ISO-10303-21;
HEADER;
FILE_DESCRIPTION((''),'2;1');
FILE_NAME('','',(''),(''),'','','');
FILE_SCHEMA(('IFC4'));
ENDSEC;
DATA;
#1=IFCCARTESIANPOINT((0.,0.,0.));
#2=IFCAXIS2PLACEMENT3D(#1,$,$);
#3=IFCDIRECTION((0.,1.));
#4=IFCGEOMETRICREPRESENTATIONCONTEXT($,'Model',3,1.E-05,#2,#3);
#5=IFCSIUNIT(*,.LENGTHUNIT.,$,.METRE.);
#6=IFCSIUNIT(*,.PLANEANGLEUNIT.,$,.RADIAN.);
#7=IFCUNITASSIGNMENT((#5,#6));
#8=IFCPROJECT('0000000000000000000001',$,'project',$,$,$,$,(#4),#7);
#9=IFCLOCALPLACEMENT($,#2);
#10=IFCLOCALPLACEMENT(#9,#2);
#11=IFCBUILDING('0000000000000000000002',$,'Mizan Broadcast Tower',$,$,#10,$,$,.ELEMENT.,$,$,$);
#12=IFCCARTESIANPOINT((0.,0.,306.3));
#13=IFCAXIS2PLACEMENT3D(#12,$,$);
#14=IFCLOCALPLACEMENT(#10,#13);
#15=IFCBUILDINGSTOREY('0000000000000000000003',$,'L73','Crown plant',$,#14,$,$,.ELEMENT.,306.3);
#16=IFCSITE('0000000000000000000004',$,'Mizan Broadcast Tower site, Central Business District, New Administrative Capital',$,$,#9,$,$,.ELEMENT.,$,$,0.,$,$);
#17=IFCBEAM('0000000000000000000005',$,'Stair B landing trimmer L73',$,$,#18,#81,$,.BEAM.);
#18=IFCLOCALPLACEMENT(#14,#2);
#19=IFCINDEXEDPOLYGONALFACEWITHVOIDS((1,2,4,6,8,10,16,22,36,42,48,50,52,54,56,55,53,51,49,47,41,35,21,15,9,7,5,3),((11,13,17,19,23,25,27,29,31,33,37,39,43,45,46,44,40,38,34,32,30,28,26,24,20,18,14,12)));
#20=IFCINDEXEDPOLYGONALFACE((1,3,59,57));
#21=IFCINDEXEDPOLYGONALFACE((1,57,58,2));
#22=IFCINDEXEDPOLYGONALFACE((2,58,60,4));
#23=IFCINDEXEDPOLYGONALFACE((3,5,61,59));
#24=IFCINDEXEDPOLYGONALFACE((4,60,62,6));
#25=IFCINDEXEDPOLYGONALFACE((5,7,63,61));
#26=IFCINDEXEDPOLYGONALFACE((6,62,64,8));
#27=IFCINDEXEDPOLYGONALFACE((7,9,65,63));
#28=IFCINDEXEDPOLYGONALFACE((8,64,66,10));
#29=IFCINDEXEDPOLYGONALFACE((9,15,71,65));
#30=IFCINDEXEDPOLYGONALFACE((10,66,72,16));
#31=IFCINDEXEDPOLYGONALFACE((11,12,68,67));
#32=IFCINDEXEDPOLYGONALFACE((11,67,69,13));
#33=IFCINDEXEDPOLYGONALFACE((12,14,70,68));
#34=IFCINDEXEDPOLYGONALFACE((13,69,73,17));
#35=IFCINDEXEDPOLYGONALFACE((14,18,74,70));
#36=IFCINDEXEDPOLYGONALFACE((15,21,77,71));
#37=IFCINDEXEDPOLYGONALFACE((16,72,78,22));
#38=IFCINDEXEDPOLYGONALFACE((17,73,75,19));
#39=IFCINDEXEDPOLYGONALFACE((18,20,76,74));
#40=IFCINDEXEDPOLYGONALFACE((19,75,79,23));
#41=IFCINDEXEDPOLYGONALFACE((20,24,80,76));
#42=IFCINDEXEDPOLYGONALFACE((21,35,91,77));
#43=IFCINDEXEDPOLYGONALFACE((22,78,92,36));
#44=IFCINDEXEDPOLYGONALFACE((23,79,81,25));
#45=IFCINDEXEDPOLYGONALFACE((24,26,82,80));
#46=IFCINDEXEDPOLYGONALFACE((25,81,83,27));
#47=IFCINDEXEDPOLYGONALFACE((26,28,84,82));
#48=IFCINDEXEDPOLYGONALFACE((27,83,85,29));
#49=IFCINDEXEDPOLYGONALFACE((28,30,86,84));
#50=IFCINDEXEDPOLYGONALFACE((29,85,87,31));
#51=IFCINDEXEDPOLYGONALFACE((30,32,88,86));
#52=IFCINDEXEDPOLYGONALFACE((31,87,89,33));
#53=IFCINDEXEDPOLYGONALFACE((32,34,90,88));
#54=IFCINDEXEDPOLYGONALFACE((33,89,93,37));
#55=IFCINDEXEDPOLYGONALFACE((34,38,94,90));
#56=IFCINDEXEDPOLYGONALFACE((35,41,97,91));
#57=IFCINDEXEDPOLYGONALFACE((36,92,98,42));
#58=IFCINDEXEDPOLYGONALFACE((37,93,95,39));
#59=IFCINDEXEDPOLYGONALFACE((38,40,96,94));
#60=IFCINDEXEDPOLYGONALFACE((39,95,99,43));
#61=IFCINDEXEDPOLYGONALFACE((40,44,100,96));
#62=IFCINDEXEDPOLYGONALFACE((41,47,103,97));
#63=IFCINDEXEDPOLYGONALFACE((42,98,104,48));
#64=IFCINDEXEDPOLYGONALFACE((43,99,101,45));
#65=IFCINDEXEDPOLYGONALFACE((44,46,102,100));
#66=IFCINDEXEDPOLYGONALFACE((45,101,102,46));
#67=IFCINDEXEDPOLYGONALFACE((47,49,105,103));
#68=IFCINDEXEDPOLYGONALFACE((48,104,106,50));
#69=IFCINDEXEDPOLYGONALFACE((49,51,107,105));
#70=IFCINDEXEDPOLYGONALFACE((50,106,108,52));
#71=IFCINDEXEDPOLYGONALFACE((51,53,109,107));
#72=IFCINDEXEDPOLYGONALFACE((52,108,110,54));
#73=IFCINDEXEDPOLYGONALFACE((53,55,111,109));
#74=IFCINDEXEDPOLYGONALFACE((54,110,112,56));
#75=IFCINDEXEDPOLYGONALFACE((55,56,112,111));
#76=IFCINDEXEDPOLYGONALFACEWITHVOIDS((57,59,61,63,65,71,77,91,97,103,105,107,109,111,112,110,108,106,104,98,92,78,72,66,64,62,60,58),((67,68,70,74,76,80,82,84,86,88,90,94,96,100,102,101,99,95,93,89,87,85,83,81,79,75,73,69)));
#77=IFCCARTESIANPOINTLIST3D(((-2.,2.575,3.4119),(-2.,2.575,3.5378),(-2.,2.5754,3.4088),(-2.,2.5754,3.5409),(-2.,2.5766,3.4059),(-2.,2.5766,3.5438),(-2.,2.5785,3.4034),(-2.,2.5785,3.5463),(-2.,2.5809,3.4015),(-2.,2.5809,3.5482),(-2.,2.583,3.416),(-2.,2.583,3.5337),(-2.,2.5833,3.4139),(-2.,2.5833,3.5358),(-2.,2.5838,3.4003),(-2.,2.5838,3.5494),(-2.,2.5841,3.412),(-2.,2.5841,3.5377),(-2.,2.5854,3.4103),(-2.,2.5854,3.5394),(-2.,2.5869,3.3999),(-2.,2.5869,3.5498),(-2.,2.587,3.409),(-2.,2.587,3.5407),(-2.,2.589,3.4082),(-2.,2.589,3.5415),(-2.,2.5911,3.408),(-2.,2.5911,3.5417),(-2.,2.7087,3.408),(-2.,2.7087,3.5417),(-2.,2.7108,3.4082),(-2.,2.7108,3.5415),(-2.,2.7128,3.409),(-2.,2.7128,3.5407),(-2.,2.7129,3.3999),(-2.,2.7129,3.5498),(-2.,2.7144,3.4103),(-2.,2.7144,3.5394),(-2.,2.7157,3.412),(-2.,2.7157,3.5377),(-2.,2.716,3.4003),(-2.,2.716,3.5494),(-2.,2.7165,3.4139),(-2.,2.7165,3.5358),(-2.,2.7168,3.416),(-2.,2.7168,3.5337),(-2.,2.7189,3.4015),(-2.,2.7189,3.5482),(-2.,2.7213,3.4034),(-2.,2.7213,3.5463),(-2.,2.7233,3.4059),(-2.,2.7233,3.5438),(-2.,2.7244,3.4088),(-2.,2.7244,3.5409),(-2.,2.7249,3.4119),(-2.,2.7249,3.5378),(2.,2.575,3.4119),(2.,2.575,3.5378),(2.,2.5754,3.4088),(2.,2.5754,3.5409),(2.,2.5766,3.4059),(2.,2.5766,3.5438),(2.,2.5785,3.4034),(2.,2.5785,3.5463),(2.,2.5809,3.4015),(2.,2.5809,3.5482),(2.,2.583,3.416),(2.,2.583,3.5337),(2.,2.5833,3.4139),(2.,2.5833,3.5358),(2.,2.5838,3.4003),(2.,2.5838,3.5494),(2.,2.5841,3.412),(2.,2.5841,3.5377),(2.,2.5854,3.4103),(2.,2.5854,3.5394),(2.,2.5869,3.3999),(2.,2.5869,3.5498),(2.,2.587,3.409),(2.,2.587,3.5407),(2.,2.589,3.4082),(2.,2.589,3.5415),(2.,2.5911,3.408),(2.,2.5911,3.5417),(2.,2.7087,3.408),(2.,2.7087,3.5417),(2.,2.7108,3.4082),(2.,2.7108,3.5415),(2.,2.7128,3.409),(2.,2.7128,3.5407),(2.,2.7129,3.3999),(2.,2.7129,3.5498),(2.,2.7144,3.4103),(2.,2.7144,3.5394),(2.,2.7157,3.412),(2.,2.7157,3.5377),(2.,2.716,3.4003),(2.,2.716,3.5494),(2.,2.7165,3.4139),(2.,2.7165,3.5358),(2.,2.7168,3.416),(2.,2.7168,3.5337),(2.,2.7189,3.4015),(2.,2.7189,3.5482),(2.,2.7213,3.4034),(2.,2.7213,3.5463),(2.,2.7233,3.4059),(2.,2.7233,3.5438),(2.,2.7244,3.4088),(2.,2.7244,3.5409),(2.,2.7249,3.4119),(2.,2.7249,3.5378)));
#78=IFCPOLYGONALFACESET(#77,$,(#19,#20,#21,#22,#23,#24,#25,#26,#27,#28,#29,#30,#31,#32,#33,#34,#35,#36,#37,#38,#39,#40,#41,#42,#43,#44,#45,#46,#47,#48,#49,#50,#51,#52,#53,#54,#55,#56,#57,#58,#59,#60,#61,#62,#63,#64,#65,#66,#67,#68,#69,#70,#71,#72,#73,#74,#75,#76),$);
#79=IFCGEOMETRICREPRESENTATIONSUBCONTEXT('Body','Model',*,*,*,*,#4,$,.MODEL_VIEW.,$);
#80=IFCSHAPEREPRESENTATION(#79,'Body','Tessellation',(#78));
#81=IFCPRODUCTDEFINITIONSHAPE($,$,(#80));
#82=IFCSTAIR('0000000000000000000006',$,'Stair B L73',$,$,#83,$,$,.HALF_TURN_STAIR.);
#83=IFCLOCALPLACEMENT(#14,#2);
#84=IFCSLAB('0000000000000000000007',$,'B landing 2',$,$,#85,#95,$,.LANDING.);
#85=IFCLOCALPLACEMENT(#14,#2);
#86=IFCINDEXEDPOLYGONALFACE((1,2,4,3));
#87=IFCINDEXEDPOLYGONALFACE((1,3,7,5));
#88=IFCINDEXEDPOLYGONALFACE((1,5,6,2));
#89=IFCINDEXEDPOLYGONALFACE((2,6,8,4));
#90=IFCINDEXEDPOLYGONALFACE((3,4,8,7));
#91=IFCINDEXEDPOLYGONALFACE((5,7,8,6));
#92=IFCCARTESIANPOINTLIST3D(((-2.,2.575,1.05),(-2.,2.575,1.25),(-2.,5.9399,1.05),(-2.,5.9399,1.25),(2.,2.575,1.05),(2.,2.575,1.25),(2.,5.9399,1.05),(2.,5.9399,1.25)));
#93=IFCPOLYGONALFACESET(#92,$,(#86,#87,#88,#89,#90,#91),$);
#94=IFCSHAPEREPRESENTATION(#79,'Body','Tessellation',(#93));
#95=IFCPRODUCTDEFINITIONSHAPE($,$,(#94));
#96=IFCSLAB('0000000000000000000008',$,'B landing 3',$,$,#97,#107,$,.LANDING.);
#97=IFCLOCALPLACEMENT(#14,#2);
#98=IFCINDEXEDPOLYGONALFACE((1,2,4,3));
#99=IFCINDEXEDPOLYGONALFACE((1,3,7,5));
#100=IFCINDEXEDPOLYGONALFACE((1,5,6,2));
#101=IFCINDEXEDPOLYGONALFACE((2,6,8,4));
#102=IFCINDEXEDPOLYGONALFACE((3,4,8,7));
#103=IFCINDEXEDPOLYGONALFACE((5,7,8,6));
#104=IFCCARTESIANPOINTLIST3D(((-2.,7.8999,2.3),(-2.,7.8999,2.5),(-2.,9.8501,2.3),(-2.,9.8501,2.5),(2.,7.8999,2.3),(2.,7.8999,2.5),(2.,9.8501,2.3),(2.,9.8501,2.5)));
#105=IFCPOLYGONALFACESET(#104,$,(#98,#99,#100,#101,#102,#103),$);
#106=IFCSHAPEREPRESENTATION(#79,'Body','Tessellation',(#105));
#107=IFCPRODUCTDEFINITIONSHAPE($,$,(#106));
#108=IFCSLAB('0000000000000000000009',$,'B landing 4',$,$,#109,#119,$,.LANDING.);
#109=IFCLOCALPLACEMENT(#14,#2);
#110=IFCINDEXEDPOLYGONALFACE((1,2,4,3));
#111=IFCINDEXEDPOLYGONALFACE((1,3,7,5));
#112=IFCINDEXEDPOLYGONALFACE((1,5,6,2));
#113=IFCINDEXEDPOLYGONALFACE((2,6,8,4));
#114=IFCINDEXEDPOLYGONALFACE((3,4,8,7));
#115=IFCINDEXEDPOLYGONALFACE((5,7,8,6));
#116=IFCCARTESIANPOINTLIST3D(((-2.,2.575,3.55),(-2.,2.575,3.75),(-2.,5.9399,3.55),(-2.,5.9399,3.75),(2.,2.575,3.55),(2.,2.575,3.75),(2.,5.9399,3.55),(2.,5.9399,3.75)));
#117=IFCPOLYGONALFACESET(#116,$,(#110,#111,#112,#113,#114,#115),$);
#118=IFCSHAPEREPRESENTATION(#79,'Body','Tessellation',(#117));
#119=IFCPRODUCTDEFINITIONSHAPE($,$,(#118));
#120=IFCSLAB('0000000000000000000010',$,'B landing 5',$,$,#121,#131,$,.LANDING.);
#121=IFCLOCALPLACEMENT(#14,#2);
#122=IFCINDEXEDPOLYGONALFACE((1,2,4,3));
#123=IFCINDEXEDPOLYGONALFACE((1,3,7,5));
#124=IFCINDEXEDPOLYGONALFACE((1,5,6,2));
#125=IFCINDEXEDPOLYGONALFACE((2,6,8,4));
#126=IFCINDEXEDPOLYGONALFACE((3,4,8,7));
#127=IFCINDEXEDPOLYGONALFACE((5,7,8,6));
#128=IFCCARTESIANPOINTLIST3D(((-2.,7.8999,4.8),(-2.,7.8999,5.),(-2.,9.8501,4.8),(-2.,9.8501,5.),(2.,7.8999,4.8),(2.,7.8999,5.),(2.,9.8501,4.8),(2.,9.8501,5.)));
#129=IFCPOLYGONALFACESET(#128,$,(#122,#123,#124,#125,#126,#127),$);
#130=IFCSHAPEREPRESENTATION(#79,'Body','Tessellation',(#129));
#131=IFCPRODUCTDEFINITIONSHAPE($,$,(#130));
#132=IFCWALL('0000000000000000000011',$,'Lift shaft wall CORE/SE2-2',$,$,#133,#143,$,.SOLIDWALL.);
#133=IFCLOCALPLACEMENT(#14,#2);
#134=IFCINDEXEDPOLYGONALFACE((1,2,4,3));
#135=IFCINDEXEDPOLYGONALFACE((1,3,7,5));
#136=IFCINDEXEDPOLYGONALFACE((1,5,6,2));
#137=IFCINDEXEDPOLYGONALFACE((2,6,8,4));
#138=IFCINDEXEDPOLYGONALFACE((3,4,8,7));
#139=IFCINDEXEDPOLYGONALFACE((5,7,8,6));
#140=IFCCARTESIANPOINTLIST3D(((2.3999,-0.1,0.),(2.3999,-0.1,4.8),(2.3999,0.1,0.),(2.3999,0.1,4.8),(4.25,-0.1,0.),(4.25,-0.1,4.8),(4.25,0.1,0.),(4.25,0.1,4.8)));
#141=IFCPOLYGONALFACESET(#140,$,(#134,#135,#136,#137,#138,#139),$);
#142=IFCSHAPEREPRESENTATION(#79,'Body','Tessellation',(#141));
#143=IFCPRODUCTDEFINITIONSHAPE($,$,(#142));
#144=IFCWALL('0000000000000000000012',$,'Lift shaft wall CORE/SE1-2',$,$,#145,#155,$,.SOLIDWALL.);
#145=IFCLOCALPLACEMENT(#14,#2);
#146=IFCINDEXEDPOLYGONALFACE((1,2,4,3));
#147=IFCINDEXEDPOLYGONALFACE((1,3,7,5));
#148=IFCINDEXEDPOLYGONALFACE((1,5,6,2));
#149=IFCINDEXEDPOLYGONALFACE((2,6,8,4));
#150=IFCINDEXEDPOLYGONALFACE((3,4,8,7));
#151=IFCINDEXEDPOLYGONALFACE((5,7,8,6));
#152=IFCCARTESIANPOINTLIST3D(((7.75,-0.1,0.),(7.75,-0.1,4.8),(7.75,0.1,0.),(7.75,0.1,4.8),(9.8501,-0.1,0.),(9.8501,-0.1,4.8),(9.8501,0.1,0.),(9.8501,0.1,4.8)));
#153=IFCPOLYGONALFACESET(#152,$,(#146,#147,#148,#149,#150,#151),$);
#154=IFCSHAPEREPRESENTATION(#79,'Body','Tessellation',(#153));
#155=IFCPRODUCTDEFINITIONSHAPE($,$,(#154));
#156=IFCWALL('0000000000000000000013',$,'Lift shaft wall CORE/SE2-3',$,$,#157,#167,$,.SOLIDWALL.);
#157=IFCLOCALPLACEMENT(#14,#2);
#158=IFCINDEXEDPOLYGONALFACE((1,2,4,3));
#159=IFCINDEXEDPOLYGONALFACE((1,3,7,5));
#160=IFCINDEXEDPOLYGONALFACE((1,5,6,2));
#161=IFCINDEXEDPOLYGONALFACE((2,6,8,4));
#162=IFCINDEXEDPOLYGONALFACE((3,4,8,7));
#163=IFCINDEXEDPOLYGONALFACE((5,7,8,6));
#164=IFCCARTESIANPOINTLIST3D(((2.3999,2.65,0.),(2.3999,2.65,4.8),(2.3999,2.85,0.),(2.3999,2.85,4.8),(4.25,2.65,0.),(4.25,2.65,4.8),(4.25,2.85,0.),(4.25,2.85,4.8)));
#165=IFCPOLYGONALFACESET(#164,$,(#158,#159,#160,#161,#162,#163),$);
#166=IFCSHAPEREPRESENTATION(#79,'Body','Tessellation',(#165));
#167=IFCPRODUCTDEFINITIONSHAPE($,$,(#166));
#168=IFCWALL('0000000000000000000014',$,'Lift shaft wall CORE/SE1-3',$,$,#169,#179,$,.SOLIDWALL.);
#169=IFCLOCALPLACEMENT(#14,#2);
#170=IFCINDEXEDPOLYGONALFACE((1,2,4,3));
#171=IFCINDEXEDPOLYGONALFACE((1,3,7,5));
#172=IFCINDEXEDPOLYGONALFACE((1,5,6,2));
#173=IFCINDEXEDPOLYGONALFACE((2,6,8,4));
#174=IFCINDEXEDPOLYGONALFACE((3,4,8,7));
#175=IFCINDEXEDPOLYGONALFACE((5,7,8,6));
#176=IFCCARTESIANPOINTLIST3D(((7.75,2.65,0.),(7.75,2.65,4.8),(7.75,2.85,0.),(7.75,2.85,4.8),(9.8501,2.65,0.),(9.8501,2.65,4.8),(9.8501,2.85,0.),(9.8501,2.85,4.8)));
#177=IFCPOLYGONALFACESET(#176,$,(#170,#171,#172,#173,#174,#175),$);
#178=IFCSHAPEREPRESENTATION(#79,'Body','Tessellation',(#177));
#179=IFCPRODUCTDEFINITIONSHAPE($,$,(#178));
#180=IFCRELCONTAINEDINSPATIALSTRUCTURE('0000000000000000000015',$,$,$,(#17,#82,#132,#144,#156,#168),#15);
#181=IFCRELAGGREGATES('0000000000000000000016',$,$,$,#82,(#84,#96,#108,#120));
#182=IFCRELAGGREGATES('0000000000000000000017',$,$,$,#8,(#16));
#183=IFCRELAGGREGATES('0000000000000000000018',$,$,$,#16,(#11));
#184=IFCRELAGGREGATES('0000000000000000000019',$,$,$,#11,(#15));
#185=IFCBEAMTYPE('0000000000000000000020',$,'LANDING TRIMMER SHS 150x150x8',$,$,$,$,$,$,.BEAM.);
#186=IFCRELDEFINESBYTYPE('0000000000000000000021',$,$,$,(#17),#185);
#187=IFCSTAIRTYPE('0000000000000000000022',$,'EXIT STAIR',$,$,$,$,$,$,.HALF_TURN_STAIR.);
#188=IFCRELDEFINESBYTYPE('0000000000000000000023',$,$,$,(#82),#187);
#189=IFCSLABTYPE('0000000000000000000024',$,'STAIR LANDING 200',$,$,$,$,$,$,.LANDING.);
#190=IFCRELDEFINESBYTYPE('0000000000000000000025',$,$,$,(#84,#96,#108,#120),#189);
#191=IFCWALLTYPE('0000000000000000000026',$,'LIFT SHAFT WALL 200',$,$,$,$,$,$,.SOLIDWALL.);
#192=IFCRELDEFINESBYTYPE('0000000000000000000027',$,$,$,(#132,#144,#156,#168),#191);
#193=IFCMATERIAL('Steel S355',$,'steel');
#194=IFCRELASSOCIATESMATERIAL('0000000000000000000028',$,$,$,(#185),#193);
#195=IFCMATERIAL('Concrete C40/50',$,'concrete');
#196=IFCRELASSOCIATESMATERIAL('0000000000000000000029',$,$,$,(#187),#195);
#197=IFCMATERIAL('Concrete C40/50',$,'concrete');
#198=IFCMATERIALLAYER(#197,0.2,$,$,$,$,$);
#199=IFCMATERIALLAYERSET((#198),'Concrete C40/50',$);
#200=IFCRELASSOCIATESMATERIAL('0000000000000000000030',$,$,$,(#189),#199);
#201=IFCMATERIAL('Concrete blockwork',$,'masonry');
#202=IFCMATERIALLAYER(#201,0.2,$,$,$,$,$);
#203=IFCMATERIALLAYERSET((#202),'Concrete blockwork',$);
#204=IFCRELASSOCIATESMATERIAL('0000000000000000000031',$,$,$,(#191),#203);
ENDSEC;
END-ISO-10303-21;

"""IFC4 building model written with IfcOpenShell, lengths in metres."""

from ifc_helpers import new_model, si_unit, direction, frame, frame_2d, origin, origin_2d, place, context, subcontext, project, spatial, polyline, rectangle, hollow_rectangle, outline, extrude, material, layer, layer_set, material_profile, profile_set, type_object, element, aggregate, save


model = new_model("IFC4")

# Units and contexts
model_context = context("Model", 3, precision=1e-05, world=origin(), true_north=direction((0.0, 1.0)))
body_context = subcontext(model_context, "Body", "Model", "MODEL_VIEW")
ifc_project = project(units=[si_unit("LENGTHUNIT", "METRE"), si_unit("PLANEANGLEUNIT", "RADIAN")], contexts=[model_context])

# Site, building, storey
site_placement = place(None, origin())
site = spatial("IfcSite", under=ifc_project, at=site_placement, Name="Mizan Broadcast Tower site, Central Business District, New Administrative Capital", CompositionType="ELEMENT", RefElevation=0.0)
building_placement = place(site_placement, origin())
building = spatial("IfcBuilding", under=site, at=building_placement, Name="Mizan Broadcast Tower", CompositionType="ELEMENT")
storey_placement = place(building_placement, frame((0.0, 0.0, 306.3)))
storey = spatial("IfcBuildingStorey", under=building, at=storey_placement, Name="L73", Description="Crown plant", CompositionType="ELEMENT", Elevation=306.3)

# Beam
ifc_material_1 = material(Name="Steel S355", Category="steel")
ifc_material_profile = material_profile(ifc_material_1, hollow_rectangle(XDim=0.1499, YDim=0.1499, WallThickness=0.0081, InnerFilletRadius=0.0081, OuterFilletRadius=0.012, at=origin_2d()), Name="SHS 150x150x8")
ifc_profile_set = profile_set([ifc_material_profile], Name="Steel S355")
beam_type = type_object("IfcBeamType", Name="LANDING TRIMMER SHS 150x150x8", PredefinedType="BEAM", material=ifc_profile_set)
for number, where, z_axis, x_axis, name in (
    (1, (2.0, 2.6499, 3.4749), (-1.0, 0.0, 0.0), (0.0, -1.0, 0.0), "Stair B landing trimmer L73"),
):
    element("IfcBeam", number, at=place(storey_placement, frame(where, z_axis=z_axis, x_axis=x_axis)), inside=storey, type_object=beam_type, Name=name, PredefinedType="BEAM", context=body_context, shape_type="SweptSolid", body=[
        extrude(hollow_rectangle(XDim=0.1499, YDim=0.1499, WallThickness=0.0081, InnerFilletRadius=0.0081, OuterFilletRadius=0.012, at=origin_2d()), origin(), (0.0, 0.0, 1.0), 4.0),
    ])

# Stair, slabs
ifc_material_2 = material(Name="Concrete C40/50", Category="concrete")
stair_type = type_object("IfcStairType", Name="EXIT STAIR", PredefinedType="HALF_TURN_STAIR", material=ifc_material_2)
stair_placement = place(storey_placement, origin())
stair = element("IfcStair", 2, at=stair_placement, inside=storey, type_object=stair_type, Name="Stair B L73", PredefinedType="HALF_TURN_STAIR")
ifc_material_3 = material(Name="Concrete C40/50", Category="concrete")
ifc_layer_1 = layer(ifc_material_3, 0.2)
ifc_layer_set_1 = layer_set([ifc_layer_1], Name="Concrete C40/50")
slab_type = type_object("IfcSlabType", Name="STAIR LANDING 200", PredefinedType="LANDING", material=ifc_layer_set_1)
slab_1_placement = place(storey_placement, frame((0.0, 0.0, 1.05)))
slab_1 = element("IfcSlab", 3, at=slab_1_placement, type_object=slab_type, Name="B landing 2", PredefinedType="LANDING", context=body_context, shape_type="SweptSolid", body=[
    extrude(outline(polyline([(2.0, 5.9399), (2.0, 2.575), (-2.0, 2.575), (-2.0, 5.9399), (2.0, 5.9399)])), origin(), (0.0, 0.0, 1.0), 0.2),
])
slab_2_placement = place(storey_placement, frame((0.0, 0.0, 2.3)))
slab_2 = element("IfcSlab", 4, at=slab_2_placement, type_object=slab_type, Name="B landing 3", PredefinedType="LANDING", context=body_context, shape_type="SweptSolid", body=[
    extrude(outline(polyline([(2.0, 9.8501), (2.0, 7.8999), (-2.0, 7.8999), (-2.0, 9.8501), (2.0, 9.8501)])), origin(), (0.0, 0.0, 1.0), 0.2),
])
slab_3_placement = place(storey_placement, frame((0.0, 0.0, 3.55)))
slab_3 = element("IfcSlab", 5, at=slab_3_placement, type_object=slab_type, Name="B landing 4", PredefinedType="LANDING", context=body_context, shape_type="SweptSolid", body=[
    extrude(outline(polyline([(2.0, 5.9399), (2.0, 2.575), (-2.0, 2.575), (-2.0, 5.9399), (2.0, 5.9399)])), origin(), (0.0, 0.0, 1.0), 0.2),
])
slab_4_placement = place(storey_placement, frame((0.0, 0.0, 4.8)))
slab_4 = element("IfcSlab", 6, at=slab_4_placement, type_object=slab_type, Name="B landing 5", PredefinedType="LANDING", context=body_context, shape_type="SweptSolid", body=[
    extrude(outline(polyline([(2.0, 9.8501), (2.0, 7.8999), (-2.0, 7.8999), (-2.0, 9.8501), (2.0, 9.8501)])), origin(), (0.0, 0.0, 1.0), 0.2),
])

# Walls
ifc_material_4 = material(Name="Concrete blockwork", Category="masonry")
ifc_layer_2 = layer(ifc_material_4, 0.2)
ifc_layer_set_2 = layer_set([ifc_layer_2], Name="Concrete blockwork")
wall_type_1 = type_object("IfcWallType", Name="LIFT SHAFT WALL 200", PredefinedType="SOLIDWALL", material=ifc_layer_set_2)
wall_1_placement = place(storey_placement, frame((2.3999, 0.0, 0.0), z_axis=(0.0, 0.0, 1.0), x_axis=(1.0, 0.0, 0.0)))
element("IfcWall", 7, at=wall_1_placement, inside=storey, type_object=wall_type_1, Name="Lift shaft wall CORE/SE2-2", PredefinedType="SOLIDWALL", context=body_context, shape_type="SweptSolid", body=[
    extrude(rectangle(XDim=1.8501, YDim=0.2, at=frame_2d((0.925, 0.0))), origin(), (0.0, 0.0, 1.0), 4.8),
])
wall_2_placement = place(storey_placement, frame((7.75, 0.0, 0.0), z_axis=(0.0, 0.0, 1.0), x_axis=(1.0, 0.0, 0.0)))
element("IfcWall", 8, at=wall_2_placement, inside=storey, type_object=wall_type_1, Name="Lift shaft wall CORE/SE1-2", PredefinedType="SOLIDWALL", context=body_context, shape_type="SweptSolid", body=[
    extrude(rectangle(XDim=2.1001, YDim=0.2, at=frame_2d((1.05, 0.0))), origin(), (0.0, 0.0, 1.0), 4.8),
])
wall_3_placement = place(storey_placement, frame((2.3999, 2.75, 0.0), z_axis=(0.0, 0.0, 1.0), x_axis=(1.0, 0.0, 0.0)))
element("IfcWall", 9, at=wall_3_placement, inside=storey, type_object=wall_type_1, Name="Lift shaft wall CORE/SE2-3", PredefinedType="SOLIDWALL", context=body_context, shape_type="SweptSolid", body=[
    extrude(rectangle(XDim=1.8501, YDim=0.2, at=frame_2d((0.925, 0.0))), origin(), (0.0, 0.0, 1.0), 4.8),
])
wall_4_placement = place(storey_placement, frame((7.75, 2.75, 0.0), z_axis=(0.0, 0.0, 1.0), x_axis=(1.0, 0.0, 0.0)))
element("IfcWall", 10, at=wall_4_placement, inside=storey, type_object=wall_type_1, Name="Lift shaft wall CORE/SE1-3", PredefinedType="SOLIDWALL", context=body_context, shape_type="SweptSolid", body=[
    extrude(rectangle(XDim=2.1001, YDim=0.2, at=frame_2d((1.05, 0.0))), origin(), (0.0, 0.0, 1.0), 4.8),
])

aggregate(stair, [slab_1, slab_2, slab_3, slab_4])

save(model, "model.ifc")
